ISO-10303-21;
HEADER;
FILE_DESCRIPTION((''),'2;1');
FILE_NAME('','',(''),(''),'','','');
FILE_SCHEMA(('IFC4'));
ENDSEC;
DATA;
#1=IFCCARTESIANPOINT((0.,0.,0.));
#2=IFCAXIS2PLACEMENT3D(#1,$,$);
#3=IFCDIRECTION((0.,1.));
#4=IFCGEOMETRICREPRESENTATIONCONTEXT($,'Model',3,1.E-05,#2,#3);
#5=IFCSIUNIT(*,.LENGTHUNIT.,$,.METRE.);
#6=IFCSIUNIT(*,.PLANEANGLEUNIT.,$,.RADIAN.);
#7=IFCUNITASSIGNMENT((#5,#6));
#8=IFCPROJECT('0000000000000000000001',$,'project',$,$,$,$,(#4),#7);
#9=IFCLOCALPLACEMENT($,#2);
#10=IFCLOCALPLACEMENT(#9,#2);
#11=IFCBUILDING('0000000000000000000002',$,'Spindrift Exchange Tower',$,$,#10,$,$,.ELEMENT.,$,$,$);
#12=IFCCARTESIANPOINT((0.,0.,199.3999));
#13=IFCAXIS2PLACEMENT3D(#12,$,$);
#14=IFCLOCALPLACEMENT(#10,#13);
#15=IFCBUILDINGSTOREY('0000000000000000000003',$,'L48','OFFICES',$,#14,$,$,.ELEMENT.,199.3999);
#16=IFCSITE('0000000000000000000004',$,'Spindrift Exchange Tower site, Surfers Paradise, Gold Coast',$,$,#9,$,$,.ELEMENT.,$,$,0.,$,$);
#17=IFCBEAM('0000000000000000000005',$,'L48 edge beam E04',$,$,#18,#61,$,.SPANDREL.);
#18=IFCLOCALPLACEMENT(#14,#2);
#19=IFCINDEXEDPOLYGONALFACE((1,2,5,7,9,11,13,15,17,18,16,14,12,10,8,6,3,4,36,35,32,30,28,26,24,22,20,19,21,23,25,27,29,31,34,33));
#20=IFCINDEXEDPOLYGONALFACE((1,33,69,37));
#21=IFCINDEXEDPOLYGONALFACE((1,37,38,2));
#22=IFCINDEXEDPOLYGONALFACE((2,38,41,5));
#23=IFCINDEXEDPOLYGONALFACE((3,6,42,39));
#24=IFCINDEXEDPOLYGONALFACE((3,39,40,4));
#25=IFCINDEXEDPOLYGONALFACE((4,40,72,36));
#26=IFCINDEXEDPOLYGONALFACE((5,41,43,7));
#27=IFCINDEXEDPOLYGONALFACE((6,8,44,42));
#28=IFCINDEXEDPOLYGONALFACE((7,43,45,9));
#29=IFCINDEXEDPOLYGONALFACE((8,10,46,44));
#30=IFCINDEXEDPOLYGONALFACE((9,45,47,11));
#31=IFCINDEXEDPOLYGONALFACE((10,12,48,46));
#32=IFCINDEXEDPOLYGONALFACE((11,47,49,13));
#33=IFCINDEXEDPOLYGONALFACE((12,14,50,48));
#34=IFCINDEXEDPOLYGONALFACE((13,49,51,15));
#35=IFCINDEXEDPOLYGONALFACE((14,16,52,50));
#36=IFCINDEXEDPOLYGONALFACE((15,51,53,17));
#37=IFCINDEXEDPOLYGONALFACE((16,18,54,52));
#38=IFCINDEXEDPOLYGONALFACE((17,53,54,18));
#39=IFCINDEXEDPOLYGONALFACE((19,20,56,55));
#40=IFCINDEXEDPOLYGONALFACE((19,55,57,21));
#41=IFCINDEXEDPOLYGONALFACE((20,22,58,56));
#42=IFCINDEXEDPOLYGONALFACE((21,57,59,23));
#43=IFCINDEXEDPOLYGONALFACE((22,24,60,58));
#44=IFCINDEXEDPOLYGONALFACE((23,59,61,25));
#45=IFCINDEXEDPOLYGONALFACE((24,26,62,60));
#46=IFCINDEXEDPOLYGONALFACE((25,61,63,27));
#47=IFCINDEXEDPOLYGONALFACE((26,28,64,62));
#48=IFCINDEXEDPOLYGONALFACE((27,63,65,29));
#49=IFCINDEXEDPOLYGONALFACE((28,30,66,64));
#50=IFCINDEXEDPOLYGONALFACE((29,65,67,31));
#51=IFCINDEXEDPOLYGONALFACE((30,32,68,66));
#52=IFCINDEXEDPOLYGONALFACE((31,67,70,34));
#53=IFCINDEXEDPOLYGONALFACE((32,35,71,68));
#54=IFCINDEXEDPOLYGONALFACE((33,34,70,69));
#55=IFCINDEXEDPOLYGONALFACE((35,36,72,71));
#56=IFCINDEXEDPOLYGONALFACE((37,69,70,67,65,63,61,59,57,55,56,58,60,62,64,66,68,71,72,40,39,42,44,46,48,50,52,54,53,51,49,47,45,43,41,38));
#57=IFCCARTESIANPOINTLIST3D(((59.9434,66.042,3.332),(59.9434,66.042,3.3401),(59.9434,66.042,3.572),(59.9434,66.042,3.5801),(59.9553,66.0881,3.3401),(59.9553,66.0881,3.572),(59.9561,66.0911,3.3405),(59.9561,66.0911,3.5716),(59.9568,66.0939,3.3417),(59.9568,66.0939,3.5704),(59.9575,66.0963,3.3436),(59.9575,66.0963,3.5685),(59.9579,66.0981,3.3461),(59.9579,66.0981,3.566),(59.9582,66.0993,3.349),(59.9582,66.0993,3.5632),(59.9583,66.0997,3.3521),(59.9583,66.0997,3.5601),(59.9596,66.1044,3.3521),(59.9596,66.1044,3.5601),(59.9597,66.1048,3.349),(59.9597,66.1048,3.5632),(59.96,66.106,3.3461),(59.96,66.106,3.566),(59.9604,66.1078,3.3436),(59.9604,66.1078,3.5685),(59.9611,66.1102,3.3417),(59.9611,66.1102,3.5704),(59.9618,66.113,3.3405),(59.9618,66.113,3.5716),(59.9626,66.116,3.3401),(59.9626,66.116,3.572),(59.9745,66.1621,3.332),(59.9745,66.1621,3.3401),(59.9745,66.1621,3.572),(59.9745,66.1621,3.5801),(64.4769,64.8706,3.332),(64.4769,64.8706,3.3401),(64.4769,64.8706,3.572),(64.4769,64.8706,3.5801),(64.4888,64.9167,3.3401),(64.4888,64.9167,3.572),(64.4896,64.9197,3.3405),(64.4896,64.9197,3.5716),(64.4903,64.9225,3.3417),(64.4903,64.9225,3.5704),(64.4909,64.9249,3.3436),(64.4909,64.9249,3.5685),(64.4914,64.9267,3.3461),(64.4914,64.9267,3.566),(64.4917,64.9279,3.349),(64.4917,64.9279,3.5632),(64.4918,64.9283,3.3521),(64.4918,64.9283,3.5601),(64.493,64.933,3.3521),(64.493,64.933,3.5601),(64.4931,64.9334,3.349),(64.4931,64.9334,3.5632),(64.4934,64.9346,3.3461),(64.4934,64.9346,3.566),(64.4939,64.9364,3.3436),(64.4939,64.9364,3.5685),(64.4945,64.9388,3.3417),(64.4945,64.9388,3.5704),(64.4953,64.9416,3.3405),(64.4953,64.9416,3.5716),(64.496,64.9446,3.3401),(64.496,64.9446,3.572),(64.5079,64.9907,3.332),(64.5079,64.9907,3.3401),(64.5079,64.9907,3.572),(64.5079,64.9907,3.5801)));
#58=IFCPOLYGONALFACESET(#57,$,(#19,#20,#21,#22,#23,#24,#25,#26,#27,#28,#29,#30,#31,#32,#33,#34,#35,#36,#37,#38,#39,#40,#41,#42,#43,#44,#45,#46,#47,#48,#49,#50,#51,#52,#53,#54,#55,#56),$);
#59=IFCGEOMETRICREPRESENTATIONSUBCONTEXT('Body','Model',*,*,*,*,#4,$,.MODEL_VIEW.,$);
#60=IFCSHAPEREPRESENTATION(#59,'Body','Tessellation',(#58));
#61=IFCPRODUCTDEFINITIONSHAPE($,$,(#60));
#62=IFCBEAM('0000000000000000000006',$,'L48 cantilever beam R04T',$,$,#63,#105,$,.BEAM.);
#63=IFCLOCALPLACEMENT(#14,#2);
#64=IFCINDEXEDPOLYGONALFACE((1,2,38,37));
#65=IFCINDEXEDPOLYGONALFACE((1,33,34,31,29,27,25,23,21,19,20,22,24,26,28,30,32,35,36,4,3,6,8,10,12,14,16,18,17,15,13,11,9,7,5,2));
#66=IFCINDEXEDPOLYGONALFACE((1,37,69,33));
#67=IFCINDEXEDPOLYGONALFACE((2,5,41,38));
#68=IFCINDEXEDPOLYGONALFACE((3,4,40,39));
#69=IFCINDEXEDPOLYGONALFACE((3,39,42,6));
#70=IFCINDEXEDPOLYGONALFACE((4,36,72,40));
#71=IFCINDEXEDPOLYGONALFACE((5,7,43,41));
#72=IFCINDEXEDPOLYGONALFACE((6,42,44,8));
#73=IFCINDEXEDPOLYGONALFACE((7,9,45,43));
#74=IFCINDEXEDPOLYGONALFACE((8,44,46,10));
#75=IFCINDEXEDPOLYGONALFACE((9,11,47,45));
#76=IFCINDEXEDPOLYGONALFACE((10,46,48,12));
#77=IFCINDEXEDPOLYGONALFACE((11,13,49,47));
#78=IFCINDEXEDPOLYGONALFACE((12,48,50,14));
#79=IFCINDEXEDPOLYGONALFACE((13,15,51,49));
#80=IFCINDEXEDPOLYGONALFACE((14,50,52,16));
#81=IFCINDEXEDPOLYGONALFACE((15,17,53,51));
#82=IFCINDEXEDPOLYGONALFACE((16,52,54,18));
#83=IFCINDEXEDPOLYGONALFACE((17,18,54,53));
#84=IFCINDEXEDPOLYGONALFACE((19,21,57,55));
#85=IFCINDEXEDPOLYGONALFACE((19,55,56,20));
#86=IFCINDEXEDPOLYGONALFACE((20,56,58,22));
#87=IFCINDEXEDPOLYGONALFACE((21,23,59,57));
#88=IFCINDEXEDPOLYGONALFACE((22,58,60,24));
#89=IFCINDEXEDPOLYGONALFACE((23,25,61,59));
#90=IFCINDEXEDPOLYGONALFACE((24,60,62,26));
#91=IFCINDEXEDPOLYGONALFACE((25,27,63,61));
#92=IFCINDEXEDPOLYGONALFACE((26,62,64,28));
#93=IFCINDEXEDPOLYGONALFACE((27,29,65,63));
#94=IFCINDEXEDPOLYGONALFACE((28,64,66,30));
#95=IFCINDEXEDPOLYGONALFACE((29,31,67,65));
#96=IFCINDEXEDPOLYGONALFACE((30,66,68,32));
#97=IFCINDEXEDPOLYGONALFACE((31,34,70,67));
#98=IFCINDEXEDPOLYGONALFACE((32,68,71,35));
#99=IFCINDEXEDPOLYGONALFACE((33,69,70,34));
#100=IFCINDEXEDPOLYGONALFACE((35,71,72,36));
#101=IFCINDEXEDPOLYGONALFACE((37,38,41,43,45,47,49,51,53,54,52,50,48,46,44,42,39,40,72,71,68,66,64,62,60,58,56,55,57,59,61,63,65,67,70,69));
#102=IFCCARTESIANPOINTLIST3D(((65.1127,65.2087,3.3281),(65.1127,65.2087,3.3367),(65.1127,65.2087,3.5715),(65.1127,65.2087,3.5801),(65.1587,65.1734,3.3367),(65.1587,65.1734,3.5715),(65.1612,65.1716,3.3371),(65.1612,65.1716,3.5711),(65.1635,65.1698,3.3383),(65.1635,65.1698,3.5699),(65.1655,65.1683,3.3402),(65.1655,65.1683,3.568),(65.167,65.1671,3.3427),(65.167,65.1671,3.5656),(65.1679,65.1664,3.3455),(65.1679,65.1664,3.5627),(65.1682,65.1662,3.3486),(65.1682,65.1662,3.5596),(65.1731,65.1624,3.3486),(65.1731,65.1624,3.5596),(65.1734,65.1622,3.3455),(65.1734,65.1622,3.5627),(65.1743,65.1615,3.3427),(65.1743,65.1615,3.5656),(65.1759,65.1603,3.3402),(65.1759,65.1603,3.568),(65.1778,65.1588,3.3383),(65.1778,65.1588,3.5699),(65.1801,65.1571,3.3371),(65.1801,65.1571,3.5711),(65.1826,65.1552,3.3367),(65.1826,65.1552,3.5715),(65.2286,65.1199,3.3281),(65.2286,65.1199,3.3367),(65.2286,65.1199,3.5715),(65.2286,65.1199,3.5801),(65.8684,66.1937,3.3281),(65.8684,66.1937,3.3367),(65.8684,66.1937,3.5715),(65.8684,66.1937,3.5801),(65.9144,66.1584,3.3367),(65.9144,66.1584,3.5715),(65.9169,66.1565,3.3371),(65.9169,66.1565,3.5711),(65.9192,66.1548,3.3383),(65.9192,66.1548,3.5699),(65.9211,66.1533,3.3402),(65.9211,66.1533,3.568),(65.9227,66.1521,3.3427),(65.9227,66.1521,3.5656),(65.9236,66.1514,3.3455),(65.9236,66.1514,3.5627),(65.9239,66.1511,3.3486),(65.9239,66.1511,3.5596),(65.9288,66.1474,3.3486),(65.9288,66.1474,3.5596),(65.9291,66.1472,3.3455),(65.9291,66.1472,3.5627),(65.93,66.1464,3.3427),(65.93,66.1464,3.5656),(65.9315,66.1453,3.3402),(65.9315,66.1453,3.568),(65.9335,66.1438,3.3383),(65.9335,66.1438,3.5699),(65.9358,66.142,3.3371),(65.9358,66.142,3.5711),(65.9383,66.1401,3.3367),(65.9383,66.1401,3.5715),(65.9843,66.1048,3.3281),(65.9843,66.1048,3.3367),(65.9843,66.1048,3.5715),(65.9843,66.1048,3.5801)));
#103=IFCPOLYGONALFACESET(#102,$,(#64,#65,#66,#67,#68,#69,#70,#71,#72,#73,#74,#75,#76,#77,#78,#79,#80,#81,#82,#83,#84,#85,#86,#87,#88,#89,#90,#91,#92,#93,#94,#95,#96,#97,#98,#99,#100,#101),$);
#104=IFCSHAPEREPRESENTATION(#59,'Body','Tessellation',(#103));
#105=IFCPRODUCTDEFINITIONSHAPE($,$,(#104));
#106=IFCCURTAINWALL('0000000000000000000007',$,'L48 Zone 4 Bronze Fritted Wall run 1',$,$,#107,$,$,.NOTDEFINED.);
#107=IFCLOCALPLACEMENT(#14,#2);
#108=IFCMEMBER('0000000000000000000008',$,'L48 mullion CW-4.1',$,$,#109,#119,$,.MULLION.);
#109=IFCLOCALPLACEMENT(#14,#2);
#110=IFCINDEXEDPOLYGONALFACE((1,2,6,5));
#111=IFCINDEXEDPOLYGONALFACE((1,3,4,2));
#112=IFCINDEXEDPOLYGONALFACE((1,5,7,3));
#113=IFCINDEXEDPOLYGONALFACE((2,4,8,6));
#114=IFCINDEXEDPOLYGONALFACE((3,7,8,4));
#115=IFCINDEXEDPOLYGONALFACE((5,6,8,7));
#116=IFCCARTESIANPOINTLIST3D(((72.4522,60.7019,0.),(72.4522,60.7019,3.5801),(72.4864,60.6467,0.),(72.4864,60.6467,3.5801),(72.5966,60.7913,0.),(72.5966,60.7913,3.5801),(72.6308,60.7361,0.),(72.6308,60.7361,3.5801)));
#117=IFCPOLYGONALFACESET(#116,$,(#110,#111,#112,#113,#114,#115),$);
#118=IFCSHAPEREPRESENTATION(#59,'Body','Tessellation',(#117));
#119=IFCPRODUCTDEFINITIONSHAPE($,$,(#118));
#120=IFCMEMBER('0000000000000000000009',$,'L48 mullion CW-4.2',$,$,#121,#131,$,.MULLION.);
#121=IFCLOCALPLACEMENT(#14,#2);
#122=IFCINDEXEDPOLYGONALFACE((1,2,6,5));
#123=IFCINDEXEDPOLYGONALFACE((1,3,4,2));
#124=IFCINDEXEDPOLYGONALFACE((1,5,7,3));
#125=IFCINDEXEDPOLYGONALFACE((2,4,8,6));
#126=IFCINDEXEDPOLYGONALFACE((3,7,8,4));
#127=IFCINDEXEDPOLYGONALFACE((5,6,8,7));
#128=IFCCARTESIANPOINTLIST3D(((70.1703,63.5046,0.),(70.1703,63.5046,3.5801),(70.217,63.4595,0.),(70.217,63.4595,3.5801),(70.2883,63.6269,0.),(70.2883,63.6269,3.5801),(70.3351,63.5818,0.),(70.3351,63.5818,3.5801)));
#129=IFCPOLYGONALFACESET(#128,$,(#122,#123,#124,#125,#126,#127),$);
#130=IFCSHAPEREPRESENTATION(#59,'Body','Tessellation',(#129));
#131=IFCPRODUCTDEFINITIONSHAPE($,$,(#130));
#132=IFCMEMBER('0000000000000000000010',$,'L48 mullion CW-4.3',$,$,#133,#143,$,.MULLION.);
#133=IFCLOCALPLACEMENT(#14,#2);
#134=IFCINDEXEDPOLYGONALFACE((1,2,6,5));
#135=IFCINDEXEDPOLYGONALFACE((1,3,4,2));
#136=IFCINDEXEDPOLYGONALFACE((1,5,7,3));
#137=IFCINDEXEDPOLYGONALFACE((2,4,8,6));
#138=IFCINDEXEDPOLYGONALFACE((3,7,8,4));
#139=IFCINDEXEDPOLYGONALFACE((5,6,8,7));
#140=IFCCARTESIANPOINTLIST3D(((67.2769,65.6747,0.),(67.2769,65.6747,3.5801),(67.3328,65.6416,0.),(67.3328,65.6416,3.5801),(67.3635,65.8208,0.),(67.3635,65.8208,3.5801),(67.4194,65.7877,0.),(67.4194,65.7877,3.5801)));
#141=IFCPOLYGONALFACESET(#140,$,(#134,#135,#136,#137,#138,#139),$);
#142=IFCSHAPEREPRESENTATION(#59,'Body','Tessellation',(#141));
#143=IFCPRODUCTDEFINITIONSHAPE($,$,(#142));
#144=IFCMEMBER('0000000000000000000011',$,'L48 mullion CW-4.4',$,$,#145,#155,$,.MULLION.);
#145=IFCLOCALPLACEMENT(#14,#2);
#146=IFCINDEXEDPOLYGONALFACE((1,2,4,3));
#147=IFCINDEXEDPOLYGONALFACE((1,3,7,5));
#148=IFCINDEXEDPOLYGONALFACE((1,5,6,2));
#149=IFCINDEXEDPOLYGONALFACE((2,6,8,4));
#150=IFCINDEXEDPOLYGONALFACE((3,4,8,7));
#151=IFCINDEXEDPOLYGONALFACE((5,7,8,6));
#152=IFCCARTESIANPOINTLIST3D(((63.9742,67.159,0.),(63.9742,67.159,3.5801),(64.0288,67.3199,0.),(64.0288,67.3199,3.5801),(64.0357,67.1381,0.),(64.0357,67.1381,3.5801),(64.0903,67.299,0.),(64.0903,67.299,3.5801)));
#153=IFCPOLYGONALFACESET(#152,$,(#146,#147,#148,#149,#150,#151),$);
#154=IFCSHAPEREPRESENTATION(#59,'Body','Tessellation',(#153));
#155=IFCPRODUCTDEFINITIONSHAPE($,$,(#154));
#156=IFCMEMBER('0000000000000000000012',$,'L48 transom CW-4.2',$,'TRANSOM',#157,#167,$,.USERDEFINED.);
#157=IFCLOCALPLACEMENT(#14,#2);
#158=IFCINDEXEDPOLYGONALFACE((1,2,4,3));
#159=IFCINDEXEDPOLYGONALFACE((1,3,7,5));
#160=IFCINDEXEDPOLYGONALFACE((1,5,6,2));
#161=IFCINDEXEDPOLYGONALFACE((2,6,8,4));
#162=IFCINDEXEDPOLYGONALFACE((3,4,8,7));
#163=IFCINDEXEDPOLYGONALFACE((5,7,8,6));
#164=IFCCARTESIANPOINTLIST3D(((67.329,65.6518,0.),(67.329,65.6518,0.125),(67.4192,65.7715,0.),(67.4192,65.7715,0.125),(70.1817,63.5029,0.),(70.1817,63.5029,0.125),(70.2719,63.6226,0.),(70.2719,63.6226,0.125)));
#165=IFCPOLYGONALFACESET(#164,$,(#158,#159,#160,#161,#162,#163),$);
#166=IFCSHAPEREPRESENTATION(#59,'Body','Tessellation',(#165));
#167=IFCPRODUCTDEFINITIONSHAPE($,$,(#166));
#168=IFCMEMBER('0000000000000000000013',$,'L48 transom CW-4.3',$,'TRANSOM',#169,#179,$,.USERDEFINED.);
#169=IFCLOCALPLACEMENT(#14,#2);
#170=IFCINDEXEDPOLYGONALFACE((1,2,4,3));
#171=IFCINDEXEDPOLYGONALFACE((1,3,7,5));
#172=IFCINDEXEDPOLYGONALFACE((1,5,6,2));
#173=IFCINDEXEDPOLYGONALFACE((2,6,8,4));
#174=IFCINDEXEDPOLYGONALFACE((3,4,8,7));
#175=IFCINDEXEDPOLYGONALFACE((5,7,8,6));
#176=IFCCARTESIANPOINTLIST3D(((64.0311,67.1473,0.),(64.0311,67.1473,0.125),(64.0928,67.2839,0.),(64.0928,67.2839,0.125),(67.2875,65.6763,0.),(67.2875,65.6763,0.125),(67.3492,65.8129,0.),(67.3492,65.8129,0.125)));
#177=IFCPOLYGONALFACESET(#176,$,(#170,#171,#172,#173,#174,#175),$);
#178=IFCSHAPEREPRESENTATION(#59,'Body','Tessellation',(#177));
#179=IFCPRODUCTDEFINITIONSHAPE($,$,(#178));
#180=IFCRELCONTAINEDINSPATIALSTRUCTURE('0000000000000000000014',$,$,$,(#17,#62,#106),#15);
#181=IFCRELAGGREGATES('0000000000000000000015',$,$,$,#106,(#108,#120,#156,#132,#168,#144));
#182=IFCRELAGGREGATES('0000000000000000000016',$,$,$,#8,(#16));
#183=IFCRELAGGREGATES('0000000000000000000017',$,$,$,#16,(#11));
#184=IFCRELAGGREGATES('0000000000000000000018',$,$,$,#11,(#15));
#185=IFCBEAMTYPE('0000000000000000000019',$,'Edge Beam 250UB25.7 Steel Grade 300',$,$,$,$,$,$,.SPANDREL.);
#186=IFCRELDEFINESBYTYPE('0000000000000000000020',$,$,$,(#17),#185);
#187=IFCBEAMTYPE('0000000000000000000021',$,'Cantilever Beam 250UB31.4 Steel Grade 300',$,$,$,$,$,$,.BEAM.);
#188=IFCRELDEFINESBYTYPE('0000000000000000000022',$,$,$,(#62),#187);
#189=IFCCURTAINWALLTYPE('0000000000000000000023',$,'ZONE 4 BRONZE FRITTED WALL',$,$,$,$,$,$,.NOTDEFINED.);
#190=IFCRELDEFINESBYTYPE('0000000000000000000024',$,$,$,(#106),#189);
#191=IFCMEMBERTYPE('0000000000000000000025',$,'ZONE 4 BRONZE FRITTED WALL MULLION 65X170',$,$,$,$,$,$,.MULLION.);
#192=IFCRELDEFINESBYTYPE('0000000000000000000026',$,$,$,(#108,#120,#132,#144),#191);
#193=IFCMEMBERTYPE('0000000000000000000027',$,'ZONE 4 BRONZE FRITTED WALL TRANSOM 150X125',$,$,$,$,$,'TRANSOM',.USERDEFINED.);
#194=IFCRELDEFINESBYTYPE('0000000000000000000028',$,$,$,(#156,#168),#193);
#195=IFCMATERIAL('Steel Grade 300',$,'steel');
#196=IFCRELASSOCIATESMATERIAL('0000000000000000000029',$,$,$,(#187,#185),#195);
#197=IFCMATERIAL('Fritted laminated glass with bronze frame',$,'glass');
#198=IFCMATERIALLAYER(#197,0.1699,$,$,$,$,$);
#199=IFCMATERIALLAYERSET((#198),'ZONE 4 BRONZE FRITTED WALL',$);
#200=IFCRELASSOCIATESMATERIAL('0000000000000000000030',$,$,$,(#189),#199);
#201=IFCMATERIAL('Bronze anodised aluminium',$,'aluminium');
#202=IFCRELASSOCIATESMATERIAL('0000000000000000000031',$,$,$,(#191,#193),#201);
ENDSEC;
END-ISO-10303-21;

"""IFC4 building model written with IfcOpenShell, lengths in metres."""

from ifc_helpers import new_model, si_unit, direction, frame, origin, origin_2d, place, context, subcontext, project, spatial, rectangle, i_section, extrude, source, transform, mapped, material, layer, layer_set, material_profile, profile_set, type_object, element, aggregate, save


model = new_model("IFC4")

# Units and contexts
model_context = context("Model", 3, precision=1e-05, world=origin(), true_north=direction((0.0, 1.0)))
body_context = subcontext(model_context, "Body", "Model", "MODEL_VIEW")
ifc_project = project(units=[si_unit("LENGTHUNIT", "METRE"), si_unit("PLANEANGLEUNIT", "RADIAN")], contexts=[model_context])

# Site, building, storey
site_placement = place(None, origin())
site = spatial("IfcSite", under=ifc_project, at=site_placement, Name="Spindrift Exchange Tower site, Surfers Paradise, Gold Coast", CompositionType="ELEMENT", RefElevation=0.0)
building_placement = place(site_placement, origin())
building = spatial("IfcBuilding", under=site, at=building_placement, Name="Spindrift Exchange Tower", CompositionType="ELEMENT")
storey_placement = place(building_placement, frame((0.0, 0.0, 199.3999)))
storey = spatial("IfcBuildingStorey", under=building, at=storey_placement, Name="L48", Description="OFFICES", CompositionType="ELEMENT", Elevation=199.3999)

# Beams
ifc_material_1 = material(Name="Steel Grade 300", Category="steel")
ifc_material_profile_1 = material_profile(ifc_material_1, i_section(OverallWidth=0.146, OverallDepth=0.252, WebThickness=0.0061, FlangeThickness=0.0085, FilletRadius=0.012, at=origin_2d()), Name="250UB31.4")
ifc_profile_set_1 = profile_set([ifc_material_profile_1], Name="Steel Grade 300")
beam_type_1 = type_object("IfcBeamType", Name="Cantilever Beam 250UB31.4 Steel Grade 300", PredefinedType="BEAM", material=ifc_profile_set_1)
ifc_material_profile_2 = material_profile(ifc_material_1, i_section(OverallWidth=0.124, OverallDepth=0.248, WebThickness=0.0049, FlangeThickness=0.0081, FilletRadius=0.012, at=origin_2d()), Name="250UB25.7")
ifc_profile_set_2 = profile_set([ifc_material_profile_2], Name="Steel Grade 300")
beam_type_2 = type_object("IfcBeamType", Name="Edge Beam 250UB25.7 Steel Grade 300", PredefinedType="SPANDREL", material=ifc_profile_set_2)
shared_shape_1 = source(origin(), body_context, "Body", "SweptSolid", [
    extrude(i_section(OverallWidth=0.124, OverallDepth=0.248, WebThickness=0.0049, FlangeThickness=0.0081, FilletRadius=0.012, at=origin_2d()), origin(), (0.0, 0.0, 1.0), 4.6824),
])
beam_1_placement = place(storey_placement, frame((64.4924, 64.9307, 3.4561), z_axis=(-0.968202, 0.250171, 0.0), x_axis=(-0.250171, -0.968202, 0.0)))
element("IfcBeam", 1, at=beam_1_placement, inside=storey, type_object=beam_type_2, Name="L48 edge beam E04", PredefinedType="SPANDREL", context=body_context, shape_type="MappedRepresentation", body=[
    mapped(shared_shape_1, transform((0.0, 0.0, 0.0), scale=1.0)),
])
shared_shape_2 = source(origin(), body_context, "Body", "SweptSolid", [
    extrude(i_section(OverallWidth=0.146, OverallDepth=0.252, WebThickness=0.0061, FlangeThickness=0.0085, FilletRadius=0.012, at=origin_2d()), origin(), (0.0, 0.0, 1.0), 1.2415),
])
beam_2_placement = place(storey_placement, frame((65.1707, 65.1643, 3.4541), z_axis=(0.608712, 0.793391, 0.0), x_axis=(-0.793391, 0.608712, 0.0)))
element("IfcBeam", 2, at=beam_2_placement, inside=storey, type_object=beam_type_1, Name="L48 cantilever beam R04T", PredefinedType="BEAM", context=body_context, shape_type="MappedRepresentation", body=[
    mapped(shared_shape_2, transform((0.0, 0.0, 0.0), scale=1.0)),
])

# Curtain wall, members
ifc_material_2 = material(Name="Fritted laminated glass with bronze frame", Category="glass")
ifc_layer_1 = layer(ifc_material_2, 0.1699)
ifc_layer_set_1 = layer_set([ifc_layer_1], Name="ZONE 4 BRONZE FRITTED WALL")
curtain_wall_type = type_object("IfcCurtainWallType", Name="ZONE 4 BRONZE FRITTED WALL", PredefinedType="NOTDEFINED", material=ifc_layer_set_1)
curtain_wall_placement = place(storey_placement, origin())
curtain_wall = element("IfcCurtainWall", 3, at=curtain_wall_placement, inside=storey, type_object=curtain_wall_type, Name="L48 Zone 4 Bronze Fritted Wall run 1", PredefinedType="NOTDEFINED")
ifc_material_3 = material(Name="Bronze anodised aluminium", Category="aluminium")
ifc_material_profile_3 = material_profile(ifc_material_3, rectangle(XDim=0.0649, YDim=0.1699, at=origin_2d()), Name="ZONE 4 BRONZE FRITTED WALL MULLION 65X170")
ifc_profile_set_3 = profile_set([ifc_material_profile_3], Name="Bronze anodised aluminium")
member_type_1 = type_object("IfcMemberType", Name="ZONE 4 BRONZE FRITTED WALL MULLION 65X170", PredefinedType="MULLION", material=ifc_profile_set_3)
shared_shape_3 = source(origin(), body_context, "Body", "SweptSolid", [
    extrude(rectangle(XDim=0.0649, YDim=0.1699, at=origin_2d()), origin(), (0.0, 0.0, 1.0), 3.5801),
])
member_1_placement = place(storey_placement, frame((72.5415, 60.719, 0.0), z_axis=(0.0, 0.0, 1.0), x_axis=(-0.526434, 0.850216, 0.0)))
member_1 = element("IfcMember", 4, at=member_1_placement, type_object=member_type_1, Name="L48 mullion CW-4.1", PredefinedType="MULLION", context=body_context, shape_type="MappedRepresentation", body=[
    mapped(shared_shape_3, transform((0.0, 0.0, 0.0), scale=1.0)),
])
member_2_placement = place(storey_placement, frame((70.2527, 63.5432, 0.0), z_axis=(0.0, 0.0, 1.0), x_axis=(-0.719533, 0.694459, 0.0)))
member_2 = element("IfcMember", 5, at=member_2_placement, type_object=member_type_1, Name="L48 mullion CW-4.2", PredefinedType="MULLION", context=body_context, shape_type="MappedRepresentation", body=[
    mapped(shared_shape_3, transform((0.0, 0.0, 0.0), scale=1.0)),
])
member_3_placement = place(storey_placement, frame((67.3481, 65.7312, 0.0), z_axis=(0.0, 0.0, 1.0), x_axis=(-0.860309, 0.509772, 0.0)))
member_3 = element("IfcMember", 6, at=member_3_placement, type_object=member_type_1, Name="L48 mullion CW-4.3", PredefinedType="MULLION", context=body_context, shape_type="MappedRepresentation", body=[
    mapped(shared_shape_3, transform((0.0, 0.0, 0.0), scale=1.0)),
])
member_4_placement = place(storey_placement, frame((64.0322, 67.229, 0.0), z_axis=(0.0, 0.0, 1.0), x_axis=(-0.946947, 0.32139, 0.0)))
member_4 = element("IfcMember", 7, at=member_4_placement, type_object=member_type_1, Name="L48 mullion CW-4.4", PredefinedType="MULLION", context=body_context, shape_type="MappedRepresentation", body=[
    mapped(shared_shape_3, transform((0.0, 0.0, 0.0), scale=1.0)),
])
ifc_material_profile_4 = material_profile(ifc_material_3, rectangle(XDim=0.1499, YDim=0.125, at=origin_2d()), Name="ZONE 4 BRONZE FRITTED WALL TRANSOM 150X125")
ifc_profile_set_4 = profile_set([ifc_material_profile_4], Name="Bronze anodised aluminium")
member_type_2 = type_object("IfcMemberType", Name="ZONE 4 BRONZE FRITTED WALL TRANSOM 150X125", ElementType="TRANSOM", PredefinedType="USERDEFINED", material=ifc_profile_set_4)
shared_shape_4 = source(origin(), body_context, "Body", "SweptSolid", [
    extrude(rectangle(XDim=0.1499, YDim=0.125, at=origin_2d()), origin(), (0.0, 0.0, 1.0), 3.5715),
])
member_5_placement = place(storey_placement, frame((70.2268, 63.5627, 0.0625), z_axis=(-0.798743, 0.601672, 0.0), x_axis=(-0.601672, -0.798743, 0.0)))
member_5 = element("IfcMember", 8, at=member_5_placement, type_object=member_type_2, Name="L48 transom CW-4.2", ObjectType="TRANSOM", PredefinedType="USERDEFINED", context=body_context, shape_type="MappedRepresentation", body=[
    mapped(shared_shape_4, transform((0.0, 0.0, 0.0), scale=1.0)),
])
shared_shape_5 = source(origin(), body_context, "Body", "SweptSolid", [
    extrude(rectangle(XDim=0.1499, YDim=0.125, at=origin_2d()), origin(), (0.0, 0.0, 1.0), 3.5732),
])
member_6_placement = place(storey_placement, frame((67.3184, 65.7446, 0.0625), z_axis=(-0.911335, 0.411665, 0.0), x_axis=(-0.411665, -0.911335, 0.0)))
member_6 = element("IfcMember", 9, at=member_6_placement, type_object=member_type_2, Name="L48 transom CW-4.3", ObjectType="TRANSOM", PredefinedType="USERDEFINED", context=body_context, shape_type="MappedRepresentation", body=[
    mapped(shared_shape_5, transform((0.0, 0.0, 0.0), scale=1.0)),
])
aggregate(curtain_wall, [member_1, member_2, member_5, member_3, member_6, member_4])

save(model, "model.ifc")
